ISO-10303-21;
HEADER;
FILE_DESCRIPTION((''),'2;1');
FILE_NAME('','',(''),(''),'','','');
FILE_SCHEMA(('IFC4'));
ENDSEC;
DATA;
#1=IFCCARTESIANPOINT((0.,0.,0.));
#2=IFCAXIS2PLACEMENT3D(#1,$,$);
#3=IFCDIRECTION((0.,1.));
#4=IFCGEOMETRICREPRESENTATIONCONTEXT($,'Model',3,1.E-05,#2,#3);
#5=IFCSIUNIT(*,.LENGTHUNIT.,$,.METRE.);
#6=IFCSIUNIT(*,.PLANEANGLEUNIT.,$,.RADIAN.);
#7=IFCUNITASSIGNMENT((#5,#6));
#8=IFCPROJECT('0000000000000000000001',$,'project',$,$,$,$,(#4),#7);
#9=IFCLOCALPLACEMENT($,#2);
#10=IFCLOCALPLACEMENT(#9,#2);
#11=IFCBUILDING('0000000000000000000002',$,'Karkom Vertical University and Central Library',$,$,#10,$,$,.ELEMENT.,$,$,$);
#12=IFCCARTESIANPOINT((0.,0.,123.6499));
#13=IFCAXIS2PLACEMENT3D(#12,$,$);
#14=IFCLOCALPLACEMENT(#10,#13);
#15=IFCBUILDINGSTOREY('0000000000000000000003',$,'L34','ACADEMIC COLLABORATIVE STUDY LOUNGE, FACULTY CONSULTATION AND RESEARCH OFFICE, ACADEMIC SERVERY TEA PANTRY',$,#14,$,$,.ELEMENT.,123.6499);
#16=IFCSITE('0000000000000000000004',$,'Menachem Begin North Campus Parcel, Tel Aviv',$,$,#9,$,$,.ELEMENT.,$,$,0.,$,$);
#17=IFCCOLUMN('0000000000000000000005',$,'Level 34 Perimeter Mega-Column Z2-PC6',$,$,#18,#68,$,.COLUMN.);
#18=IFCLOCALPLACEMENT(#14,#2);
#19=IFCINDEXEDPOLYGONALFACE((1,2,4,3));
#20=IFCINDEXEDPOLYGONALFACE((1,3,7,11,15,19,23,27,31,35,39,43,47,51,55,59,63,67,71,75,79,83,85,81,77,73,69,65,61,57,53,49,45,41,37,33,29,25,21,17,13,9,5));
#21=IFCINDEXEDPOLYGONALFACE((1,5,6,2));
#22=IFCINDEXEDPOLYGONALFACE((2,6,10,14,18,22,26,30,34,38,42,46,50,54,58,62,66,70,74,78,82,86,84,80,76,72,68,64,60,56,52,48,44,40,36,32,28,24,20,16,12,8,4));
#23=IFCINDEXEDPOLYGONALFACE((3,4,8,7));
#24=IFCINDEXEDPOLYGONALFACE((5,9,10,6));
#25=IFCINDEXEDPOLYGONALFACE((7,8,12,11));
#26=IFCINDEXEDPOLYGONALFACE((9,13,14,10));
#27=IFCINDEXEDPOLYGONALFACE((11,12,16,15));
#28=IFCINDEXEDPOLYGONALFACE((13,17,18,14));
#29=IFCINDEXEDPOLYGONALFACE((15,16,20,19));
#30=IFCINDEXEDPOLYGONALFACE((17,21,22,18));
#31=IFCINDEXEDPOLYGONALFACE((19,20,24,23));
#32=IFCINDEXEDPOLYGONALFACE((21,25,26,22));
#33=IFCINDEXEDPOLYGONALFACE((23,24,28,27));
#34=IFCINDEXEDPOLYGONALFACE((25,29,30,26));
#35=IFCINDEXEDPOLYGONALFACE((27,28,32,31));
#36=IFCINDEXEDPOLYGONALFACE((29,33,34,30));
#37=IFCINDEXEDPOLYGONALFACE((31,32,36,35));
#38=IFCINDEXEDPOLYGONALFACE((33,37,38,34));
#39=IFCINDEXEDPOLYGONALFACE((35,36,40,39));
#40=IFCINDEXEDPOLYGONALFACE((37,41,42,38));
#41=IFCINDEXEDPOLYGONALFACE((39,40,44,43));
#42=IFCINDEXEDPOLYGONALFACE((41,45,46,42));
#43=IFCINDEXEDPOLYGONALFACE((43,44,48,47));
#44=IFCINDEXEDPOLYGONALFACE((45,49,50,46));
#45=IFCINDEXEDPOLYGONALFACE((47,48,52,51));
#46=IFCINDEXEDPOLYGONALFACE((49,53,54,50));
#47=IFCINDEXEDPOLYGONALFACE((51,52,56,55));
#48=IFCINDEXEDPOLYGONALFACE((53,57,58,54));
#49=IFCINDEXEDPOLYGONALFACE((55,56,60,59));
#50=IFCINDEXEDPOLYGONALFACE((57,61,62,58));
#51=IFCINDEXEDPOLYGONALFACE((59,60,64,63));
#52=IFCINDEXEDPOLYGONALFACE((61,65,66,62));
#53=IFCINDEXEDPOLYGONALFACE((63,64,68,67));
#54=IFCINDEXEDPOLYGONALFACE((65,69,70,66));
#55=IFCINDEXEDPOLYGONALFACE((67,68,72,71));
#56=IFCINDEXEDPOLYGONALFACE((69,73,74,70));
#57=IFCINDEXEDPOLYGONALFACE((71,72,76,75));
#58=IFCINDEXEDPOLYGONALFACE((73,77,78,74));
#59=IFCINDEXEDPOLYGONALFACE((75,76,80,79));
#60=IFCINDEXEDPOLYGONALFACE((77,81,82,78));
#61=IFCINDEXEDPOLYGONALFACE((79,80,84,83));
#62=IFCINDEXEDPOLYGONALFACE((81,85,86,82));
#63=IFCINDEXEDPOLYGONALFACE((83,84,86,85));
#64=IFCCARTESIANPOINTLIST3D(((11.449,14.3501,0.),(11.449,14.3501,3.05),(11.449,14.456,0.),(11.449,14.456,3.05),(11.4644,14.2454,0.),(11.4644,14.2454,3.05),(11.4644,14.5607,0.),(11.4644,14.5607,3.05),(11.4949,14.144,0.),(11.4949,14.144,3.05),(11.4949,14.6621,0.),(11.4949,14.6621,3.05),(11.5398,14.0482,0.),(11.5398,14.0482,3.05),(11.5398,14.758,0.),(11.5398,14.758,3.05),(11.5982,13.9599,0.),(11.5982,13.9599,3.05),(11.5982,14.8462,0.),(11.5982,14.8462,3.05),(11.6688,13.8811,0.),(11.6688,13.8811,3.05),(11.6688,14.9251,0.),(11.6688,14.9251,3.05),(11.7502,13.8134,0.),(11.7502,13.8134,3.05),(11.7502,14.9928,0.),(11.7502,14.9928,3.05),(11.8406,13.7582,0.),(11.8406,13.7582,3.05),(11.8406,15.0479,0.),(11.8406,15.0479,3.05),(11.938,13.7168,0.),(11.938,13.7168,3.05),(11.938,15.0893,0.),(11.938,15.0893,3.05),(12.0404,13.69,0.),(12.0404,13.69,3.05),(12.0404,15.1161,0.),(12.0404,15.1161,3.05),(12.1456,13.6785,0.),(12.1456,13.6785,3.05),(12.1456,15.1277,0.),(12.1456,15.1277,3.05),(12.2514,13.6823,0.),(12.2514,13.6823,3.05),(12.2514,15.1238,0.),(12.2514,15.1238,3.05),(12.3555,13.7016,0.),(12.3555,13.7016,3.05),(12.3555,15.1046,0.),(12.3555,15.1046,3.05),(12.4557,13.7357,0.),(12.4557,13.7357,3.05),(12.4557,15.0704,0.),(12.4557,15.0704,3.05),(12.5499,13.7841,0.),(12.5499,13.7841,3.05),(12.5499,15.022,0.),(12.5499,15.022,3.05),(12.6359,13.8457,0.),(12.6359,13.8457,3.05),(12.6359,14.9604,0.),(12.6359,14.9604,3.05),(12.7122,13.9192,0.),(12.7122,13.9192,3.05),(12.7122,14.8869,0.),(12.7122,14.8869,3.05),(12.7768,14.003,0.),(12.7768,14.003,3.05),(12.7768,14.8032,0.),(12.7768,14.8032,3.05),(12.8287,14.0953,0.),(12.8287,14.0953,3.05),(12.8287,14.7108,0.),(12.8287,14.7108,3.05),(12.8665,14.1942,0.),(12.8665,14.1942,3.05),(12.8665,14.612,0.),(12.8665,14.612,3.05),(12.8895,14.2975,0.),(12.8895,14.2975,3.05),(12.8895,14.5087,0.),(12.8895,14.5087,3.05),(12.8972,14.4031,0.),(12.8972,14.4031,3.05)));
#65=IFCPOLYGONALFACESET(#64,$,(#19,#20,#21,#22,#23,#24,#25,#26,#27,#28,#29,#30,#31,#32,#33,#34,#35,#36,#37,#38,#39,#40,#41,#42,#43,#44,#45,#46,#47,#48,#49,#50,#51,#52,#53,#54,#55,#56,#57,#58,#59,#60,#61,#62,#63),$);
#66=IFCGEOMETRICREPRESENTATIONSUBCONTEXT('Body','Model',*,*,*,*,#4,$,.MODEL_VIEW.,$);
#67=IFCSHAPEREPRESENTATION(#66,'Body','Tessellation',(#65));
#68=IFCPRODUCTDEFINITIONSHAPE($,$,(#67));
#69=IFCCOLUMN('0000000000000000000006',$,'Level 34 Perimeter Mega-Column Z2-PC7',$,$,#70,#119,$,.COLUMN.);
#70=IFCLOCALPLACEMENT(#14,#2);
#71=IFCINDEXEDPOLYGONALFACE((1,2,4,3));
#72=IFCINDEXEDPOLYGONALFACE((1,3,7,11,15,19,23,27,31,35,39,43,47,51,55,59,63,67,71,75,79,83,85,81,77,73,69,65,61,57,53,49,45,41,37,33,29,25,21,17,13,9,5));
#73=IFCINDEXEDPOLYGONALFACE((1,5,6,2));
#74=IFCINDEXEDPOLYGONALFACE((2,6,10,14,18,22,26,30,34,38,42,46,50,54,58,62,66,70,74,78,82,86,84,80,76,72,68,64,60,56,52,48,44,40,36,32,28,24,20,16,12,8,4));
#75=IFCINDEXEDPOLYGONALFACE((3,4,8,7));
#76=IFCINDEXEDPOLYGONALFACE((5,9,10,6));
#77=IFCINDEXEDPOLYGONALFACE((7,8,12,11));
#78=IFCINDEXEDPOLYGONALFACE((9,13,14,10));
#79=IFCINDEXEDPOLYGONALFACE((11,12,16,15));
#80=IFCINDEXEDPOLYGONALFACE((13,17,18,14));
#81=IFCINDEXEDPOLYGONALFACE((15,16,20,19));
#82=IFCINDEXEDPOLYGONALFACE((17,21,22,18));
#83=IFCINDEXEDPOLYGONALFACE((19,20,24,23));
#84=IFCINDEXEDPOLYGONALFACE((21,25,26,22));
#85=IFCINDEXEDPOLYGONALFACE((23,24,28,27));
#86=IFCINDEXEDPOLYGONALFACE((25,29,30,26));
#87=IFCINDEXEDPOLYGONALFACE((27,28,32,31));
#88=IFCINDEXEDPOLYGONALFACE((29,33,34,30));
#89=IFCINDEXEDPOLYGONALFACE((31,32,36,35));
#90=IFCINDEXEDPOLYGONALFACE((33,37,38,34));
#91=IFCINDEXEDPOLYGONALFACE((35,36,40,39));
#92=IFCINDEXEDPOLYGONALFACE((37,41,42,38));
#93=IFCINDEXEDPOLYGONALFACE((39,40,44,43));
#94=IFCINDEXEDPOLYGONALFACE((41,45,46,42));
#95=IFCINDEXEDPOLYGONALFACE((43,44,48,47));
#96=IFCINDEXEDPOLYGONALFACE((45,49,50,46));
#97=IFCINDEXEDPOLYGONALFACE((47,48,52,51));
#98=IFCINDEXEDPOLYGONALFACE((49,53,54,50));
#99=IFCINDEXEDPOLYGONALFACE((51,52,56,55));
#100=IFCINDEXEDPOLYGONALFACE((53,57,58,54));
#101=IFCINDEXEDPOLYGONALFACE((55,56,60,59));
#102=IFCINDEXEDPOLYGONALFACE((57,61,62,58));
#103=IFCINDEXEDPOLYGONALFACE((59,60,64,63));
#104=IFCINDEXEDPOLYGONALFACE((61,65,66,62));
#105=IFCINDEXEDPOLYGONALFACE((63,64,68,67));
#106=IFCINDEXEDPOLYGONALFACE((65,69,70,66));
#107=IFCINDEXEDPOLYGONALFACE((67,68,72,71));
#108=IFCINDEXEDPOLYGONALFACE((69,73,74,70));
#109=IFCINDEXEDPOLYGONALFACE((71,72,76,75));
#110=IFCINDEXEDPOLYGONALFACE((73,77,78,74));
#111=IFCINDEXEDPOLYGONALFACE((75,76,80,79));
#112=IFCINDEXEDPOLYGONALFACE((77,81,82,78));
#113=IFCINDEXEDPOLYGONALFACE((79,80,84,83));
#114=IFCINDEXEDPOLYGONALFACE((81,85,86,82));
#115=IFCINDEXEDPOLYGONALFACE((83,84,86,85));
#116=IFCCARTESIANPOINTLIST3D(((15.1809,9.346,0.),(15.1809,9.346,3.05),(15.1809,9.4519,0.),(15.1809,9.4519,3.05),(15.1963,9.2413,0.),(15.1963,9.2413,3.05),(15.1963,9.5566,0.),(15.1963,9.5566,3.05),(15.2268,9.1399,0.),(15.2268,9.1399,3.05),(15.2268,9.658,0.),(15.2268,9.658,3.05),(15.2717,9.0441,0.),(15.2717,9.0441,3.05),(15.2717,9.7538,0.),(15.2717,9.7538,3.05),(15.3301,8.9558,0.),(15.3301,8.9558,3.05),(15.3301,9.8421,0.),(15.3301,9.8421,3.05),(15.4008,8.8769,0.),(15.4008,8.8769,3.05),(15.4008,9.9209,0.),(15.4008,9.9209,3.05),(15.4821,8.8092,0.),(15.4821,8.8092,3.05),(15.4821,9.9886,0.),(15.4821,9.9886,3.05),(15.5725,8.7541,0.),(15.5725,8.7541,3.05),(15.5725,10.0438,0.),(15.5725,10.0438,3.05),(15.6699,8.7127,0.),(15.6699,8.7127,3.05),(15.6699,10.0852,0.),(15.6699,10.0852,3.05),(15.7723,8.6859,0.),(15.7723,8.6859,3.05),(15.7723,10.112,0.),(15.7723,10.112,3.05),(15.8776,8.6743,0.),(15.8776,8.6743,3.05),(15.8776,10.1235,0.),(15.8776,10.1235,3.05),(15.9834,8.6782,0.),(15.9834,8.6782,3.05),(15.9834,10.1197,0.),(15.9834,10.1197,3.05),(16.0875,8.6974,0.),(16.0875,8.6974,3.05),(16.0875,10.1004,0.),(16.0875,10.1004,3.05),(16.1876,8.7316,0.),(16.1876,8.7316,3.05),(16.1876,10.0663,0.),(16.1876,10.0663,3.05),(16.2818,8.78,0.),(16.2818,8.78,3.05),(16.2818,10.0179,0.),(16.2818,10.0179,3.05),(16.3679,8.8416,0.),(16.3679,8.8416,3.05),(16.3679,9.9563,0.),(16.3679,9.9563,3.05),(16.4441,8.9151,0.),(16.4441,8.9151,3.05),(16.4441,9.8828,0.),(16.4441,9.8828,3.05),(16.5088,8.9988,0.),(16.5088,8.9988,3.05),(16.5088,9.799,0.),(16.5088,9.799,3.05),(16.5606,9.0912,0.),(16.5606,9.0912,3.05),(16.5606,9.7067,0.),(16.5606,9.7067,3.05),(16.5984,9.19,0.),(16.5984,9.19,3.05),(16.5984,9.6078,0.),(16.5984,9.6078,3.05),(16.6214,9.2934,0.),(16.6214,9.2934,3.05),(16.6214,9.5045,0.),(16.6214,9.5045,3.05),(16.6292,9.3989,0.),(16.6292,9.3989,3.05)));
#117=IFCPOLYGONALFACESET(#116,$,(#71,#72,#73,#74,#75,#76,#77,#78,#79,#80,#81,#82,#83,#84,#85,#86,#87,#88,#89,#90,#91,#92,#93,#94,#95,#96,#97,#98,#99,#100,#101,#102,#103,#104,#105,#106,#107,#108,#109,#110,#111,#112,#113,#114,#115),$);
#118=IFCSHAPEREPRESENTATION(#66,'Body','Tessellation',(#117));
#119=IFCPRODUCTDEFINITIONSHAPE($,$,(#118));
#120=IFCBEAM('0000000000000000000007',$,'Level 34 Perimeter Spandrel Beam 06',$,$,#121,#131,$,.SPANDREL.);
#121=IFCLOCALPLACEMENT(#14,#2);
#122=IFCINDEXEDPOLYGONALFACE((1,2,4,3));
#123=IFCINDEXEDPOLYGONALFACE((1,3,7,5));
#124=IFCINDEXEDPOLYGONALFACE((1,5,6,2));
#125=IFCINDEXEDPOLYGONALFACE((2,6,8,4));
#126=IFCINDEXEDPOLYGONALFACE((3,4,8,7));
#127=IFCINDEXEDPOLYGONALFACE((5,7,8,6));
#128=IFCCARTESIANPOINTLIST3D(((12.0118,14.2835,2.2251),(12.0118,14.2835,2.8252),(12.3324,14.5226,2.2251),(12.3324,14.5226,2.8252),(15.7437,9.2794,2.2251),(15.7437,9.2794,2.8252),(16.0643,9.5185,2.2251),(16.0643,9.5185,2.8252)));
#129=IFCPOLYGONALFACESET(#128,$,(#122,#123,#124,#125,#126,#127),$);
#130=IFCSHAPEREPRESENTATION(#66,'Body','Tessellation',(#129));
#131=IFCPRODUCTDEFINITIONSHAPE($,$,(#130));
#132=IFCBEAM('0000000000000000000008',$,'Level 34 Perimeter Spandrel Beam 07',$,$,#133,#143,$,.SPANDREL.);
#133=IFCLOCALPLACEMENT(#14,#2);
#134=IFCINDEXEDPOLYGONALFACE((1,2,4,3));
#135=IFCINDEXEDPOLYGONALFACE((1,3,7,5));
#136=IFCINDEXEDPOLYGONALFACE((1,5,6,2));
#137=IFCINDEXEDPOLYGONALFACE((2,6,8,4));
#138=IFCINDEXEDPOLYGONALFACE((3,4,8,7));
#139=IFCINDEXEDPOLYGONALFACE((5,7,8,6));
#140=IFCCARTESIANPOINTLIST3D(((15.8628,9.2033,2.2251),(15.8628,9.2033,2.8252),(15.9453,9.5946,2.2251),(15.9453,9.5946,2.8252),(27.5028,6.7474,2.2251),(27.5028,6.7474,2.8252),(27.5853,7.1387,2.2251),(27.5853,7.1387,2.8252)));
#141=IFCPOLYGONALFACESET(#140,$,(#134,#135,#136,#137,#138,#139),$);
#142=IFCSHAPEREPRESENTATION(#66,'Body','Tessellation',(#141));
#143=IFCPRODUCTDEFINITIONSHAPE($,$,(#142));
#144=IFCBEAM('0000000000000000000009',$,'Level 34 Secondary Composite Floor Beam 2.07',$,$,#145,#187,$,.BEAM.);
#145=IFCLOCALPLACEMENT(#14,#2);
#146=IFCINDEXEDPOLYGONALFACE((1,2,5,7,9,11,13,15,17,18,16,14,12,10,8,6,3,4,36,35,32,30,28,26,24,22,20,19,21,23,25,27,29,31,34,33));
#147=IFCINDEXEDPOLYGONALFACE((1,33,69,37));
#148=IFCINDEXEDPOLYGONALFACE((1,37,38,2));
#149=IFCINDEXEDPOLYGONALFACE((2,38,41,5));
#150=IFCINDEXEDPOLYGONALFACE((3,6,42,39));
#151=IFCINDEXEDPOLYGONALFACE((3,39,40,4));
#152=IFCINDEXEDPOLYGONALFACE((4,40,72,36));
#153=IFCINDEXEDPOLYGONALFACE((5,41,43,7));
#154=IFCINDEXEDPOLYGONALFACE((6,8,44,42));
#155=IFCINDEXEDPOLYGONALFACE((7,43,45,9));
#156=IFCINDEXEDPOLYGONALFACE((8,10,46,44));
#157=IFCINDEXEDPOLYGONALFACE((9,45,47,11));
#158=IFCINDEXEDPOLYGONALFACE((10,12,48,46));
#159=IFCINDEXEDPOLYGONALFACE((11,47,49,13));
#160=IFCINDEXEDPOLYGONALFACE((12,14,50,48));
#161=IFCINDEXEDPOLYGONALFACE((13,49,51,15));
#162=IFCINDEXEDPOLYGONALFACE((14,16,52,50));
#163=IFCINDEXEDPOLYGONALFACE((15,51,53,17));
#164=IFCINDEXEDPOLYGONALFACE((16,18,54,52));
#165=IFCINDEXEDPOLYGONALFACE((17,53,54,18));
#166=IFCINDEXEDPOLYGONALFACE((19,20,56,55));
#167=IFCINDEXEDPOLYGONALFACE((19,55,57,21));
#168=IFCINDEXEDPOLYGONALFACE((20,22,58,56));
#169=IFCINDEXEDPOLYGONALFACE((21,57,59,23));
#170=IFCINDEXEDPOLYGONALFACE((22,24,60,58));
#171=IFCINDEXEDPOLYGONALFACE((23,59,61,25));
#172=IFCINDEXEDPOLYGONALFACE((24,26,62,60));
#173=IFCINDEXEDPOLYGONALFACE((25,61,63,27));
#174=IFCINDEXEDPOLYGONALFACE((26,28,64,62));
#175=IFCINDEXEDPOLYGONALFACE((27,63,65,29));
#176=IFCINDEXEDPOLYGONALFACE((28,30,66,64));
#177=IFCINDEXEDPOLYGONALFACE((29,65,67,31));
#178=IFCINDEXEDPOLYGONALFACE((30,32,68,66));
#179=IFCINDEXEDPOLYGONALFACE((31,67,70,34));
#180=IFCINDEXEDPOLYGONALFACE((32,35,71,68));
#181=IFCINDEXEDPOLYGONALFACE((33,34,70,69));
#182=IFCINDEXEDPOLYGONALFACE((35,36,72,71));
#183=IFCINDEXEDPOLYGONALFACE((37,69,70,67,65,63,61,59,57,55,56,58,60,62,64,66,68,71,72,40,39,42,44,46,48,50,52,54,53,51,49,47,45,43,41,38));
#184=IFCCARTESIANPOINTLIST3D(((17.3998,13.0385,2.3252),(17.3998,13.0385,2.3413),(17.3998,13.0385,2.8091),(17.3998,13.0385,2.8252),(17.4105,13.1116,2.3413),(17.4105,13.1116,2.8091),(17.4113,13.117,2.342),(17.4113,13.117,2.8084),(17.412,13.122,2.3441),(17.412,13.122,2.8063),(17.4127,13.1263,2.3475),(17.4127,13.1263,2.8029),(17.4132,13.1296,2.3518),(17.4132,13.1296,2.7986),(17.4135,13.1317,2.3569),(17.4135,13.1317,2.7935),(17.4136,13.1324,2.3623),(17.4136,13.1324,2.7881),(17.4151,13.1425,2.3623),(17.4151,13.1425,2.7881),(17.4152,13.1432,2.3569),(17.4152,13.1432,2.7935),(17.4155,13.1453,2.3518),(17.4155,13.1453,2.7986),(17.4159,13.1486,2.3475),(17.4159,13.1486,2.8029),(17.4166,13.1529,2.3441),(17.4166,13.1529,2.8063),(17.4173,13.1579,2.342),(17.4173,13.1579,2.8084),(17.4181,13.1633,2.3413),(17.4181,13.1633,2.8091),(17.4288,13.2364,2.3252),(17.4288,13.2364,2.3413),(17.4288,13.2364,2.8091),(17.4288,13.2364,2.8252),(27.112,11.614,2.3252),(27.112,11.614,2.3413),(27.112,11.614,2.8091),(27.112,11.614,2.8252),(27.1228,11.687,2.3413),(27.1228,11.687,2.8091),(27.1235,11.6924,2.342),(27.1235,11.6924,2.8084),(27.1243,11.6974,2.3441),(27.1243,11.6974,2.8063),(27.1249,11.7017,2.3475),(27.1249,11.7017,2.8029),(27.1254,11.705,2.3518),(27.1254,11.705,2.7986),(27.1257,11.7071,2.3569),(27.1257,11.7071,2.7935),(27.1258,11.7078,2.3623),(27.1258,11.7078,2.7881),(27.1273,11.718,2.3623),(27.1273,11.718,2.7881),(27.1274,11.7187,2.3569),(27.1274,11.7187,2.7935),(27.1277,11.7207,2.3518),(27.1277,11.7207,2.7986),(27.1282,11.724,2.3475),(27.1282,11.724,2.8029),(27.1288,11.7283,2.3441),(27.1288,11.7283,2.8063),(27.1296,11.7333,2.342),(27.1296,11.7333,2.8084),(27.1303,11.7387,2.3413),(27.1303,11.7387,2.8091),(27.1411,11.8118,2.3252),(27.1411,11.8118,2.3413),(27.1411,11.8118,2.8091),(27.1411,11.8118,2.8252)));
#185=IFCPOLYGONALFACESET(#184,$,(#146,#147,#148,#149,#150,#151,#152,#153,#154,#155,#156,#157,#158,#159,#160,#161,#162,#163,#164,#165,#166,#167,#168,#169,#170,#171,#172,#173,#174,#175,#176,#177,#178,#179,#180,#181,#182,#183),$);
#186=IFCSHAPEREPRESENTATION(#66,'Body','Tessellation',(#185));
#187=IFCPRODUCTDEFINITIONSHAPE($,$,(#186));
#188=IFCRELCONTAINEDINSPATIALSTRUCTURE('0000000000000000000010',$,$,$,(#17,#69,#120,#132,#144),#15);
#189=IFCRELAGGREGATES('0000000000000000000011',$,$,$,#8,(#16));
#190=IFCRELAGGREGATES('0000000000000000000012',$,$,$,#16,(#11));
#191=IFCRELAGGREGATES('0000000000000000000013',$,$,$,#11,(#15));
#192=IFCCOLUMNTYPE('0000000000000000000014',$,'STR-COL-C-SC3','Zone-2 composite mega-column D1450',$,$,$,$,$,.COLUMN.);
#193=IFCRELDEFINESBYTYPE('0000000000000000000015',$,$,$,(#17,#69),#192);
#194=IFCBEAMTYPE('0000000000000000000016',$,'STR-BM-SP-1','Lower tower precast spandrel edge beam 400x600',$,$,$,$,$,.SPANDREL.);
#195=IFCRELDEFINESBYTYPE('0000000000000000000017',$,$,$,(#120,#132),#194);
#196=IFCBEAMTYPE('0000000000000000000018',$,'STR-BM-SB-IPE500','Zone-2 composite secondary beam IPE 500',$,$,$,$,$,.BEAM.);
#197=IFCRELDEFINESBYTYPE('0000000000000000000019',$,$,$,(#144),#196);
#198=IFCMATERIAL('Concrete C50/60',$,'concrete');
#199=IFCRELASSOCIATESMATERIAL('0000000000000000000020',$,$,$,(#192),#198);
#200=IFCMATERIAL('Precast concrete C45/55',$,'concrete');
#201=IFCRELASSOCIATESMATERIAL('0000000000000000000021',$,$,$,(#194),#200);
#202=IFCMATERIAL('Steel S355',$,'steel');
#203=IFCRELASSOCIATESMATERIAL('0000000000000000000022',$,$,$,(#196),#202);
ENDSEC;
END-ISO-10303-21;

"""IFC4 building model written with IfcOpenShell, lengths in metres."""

from ifc_helpers import new_model, si_unit, direction, frame, origin, origin_with_axes, origin_2d, place, context, subcontext, project, spatial, rectangle, circle, i_section, extrude, source, transform, mapped, material, material_profile, profile_set, type_object, element, save


model = new_model("IFC4")

# Units and contexts
model_context = context("Model", 3, precision=1e-05, world=origin(), true_north=direction((0.0, 1.0)))
body_context = subcontext(model_context, "Body", "Model", "MODEL_VIEW")
ifc_project = project(units=[si_unit("LENGTHUNIT", "METRE"), si_unit("PLANEANGLEUNIT", "RADIAN")], contexts=[model_context])

# Site, building, storey
site_placement = place(None, origin())
site = spatial("IfcSite", under=ifc_project, at=site_placement, Name="Menachem Begin North Campus Parcel, Tel Aviv", CompositionType="ELEMENT", RefElevation=0.0)
building_placement = place(site_placement, origin())
building = spatial("IfcBuilding", under=site, at=building_placement, Name="Karkom Vertical University and Central Library", CompositionType="ELEMENT")
storey_placement = place(building_placement, frame((0.0, 0.0, 123.6499)))
storey = spatial("IfcBuildingStorey", under=building, at=storey_placement, Name="L34", Description="ACADEMIC COLLABORATIVE STUDY LOUNGE, FACULTY CONSULTATION AND RESEARCH OFFICE, ACADEMIC SERVERY TEA PANTRY", CompositionType="ELEMENT", Elevation=123.6499)

# Columns
ifc_material_1 = material(Name="Concrete C50/60", Category="concrete")
ifc_material_profile_1 = material_profile(ifc_material_1, circle(Radius=0.7251, at=origin_2d()), Name="CFT-D1450")
ifc_profile_set_1 = profile_set([ifc_material_profile_1], Name="Concrete C50/60")
column_type = type_object("IfcColumnType", Name="STR-COL-C-SC3", Description="Zone-2 composite mega-column D1450", PredefinedType="COLUMN", material=ifc_profile_set_1)
shared_shape_1 = source(origin_with_axes(), body_context, "Body", "SweptSolid", [
    extrude(circle(Radius=0.7251, at=origin_2d()), origin(), (0.0, 0.0, 1.0), 3.05),
])
for number, where, z_axis, x_axis, name in (
    (1, (12.1721, 14.4031, 0.0), (0.0, 0.0, 1.0), (1.0, 0.0, 0.0), "Level 34 Perimeter Mega-Column Z2-PC6"),
    (2, (15.9041, 9.3989, 0.0), (0.0, 0.0, 1.0), (1.0, 0.0, 0.0), "Level 34 Perimeter Mega-Column Z2-PC7"),
):
    element("IfcColumn", number, at=place(storey_placement, frame(where, z_axis=z_axis, x_axis=x_axis)), inside=storey, type_object=column_type, Name=name, PredefinedType="COLUMN", context=body_context, shape_type="MappedRepresentation", body=[
        mapped(shared_shape_1, transform((0.0, 0.0, 0.0), scale=1.0)),
    ])

# Beams
ifc_material_2 = material(Name="Precast concrete C45/55", Category="concrete")
ifc_material_profile_2 = material_profile(ifc_material_2, rectangle(XDim=0.3999, YDim=0.6001, at=origin_2d()), Name="SPB-400x600")
ifc_profile_set_2 = profile_set([ifc_material_profile_2], Name="Precast concrete C45/55")
beam_type_1 = type_object("IfcBeamType", Name="STR-BM-SP-1", Description="Lower tower precast spandrel edge beam 400x600", PredefinedType="SPANDREL", material=ifc_profile_set_2)
shared_shape_2 = source(origin_with_axes(), body_context, "Body", "SweptSolid", [
    extrude(rectangle(XDim=0.3999, YDim=0.6001, at=origin_2d()), origin(), (0.0, 0.0, 1.0), 6.2424),
])
beam_1_placement = place(storey_placement, frame((12.1721, 14.4031, 2.5251), z_axis=(0.597826, -0.801626, 0.0), x_axis=(0.801626, 0.597826, 0.0)))
element("IfcBeam", 3, at=beam_1_placement, inside=storey, type_object=beam_type_1, Name="Level 34 Perimeter Spandrel Beam 06", PredefinedType="SPANDREL", context=body_context, shape_type="MappedRepresentation", body=[
    mapped(shared_shape_2, transform((0.0, 0.0, 0.0), scale=1.0)),
])
shared_shape_3 = source(origin_with_axes(), body_context, "Body", "SweptSolid", [
    extrude(rectangle(XDim=0.3999, YDim=0.6001, at=origin_2d()), origin(), (0.0, 0.0, 1.0), 11.8962),
])
beam_2_placement = place(storey_placement, frame((15.9041, 9.3989, 2.5251), z_axis=(0.97846, -0.206438, 0.0), x_axis=(0.206438, 0.97846, 0.0)))
element("IfcBeam", 4, at=beam_2_placement, inside=storey, type_object=beam_type_1, Name="Level 34 Perimeter Spandrel Beam 07", PredefinedType="SPANDREL", context=body_context, shape_type="MappedRepresentation", body=[
    mapped(shared_shape_3, transform((0.0, 0.0, 0.0), scale=1.0)),
])
ifc_material_3 = material(Name="Steel S355", Category="steel")
ifc_material_profile_3 = material_profile(ifc_material_3, i_section(OverallWidth=0.2, OverallDepth=0.5, WebThickness=0.0103, FlangeThickness=0.0161, FilletRadius=0.021, at=origin_2d()), Name="IPE 500")
ifc_profile_set_3 = profile_set([ifc_material_profile_3], Name="Steel S355")
beam_type_2 = type_object("IfcBeamType", Name="STR-BM-SB-IPE500", Description="Zone-2 composite secondary beam IPE 500", PredefinedType="BEAM", material=ifc_profile_set_3)
shared_shape_4 = source(origin_with_axes(), body_context, "Body", "SweptSolid", [
    extrude(i_section(OverallWidth=0.2, OverallDepth=0.5, WebThickness=0.0103, FlangeThickness=0.0161, FilletRadius=0.021, at=origin_2d()), origin(), (0.0, 0.0, 1.0), 9.8162),
])
beam_3_placement = place(storey_placement, frame((17.4143, 13.1375, 2.5752), z_axis=(0.989413, -0.145125, 0.0), x_axis=(0.145125, 0.989413, 0.0)))
element("IfcBeam", 5, at=beam_3_placement, inside=storey, type_object=beam_type_2, Name="Level 34 Secondary Composite Floor Beam 2.07", PredefinedType="BEAM", context=body_context, shape_type="MappedRepresentation", body=[
    mapped(shared_shape_4, transform((0.0, 0.0, 0.0), scale=1.0)),
])

save(model, "model.ifc")
